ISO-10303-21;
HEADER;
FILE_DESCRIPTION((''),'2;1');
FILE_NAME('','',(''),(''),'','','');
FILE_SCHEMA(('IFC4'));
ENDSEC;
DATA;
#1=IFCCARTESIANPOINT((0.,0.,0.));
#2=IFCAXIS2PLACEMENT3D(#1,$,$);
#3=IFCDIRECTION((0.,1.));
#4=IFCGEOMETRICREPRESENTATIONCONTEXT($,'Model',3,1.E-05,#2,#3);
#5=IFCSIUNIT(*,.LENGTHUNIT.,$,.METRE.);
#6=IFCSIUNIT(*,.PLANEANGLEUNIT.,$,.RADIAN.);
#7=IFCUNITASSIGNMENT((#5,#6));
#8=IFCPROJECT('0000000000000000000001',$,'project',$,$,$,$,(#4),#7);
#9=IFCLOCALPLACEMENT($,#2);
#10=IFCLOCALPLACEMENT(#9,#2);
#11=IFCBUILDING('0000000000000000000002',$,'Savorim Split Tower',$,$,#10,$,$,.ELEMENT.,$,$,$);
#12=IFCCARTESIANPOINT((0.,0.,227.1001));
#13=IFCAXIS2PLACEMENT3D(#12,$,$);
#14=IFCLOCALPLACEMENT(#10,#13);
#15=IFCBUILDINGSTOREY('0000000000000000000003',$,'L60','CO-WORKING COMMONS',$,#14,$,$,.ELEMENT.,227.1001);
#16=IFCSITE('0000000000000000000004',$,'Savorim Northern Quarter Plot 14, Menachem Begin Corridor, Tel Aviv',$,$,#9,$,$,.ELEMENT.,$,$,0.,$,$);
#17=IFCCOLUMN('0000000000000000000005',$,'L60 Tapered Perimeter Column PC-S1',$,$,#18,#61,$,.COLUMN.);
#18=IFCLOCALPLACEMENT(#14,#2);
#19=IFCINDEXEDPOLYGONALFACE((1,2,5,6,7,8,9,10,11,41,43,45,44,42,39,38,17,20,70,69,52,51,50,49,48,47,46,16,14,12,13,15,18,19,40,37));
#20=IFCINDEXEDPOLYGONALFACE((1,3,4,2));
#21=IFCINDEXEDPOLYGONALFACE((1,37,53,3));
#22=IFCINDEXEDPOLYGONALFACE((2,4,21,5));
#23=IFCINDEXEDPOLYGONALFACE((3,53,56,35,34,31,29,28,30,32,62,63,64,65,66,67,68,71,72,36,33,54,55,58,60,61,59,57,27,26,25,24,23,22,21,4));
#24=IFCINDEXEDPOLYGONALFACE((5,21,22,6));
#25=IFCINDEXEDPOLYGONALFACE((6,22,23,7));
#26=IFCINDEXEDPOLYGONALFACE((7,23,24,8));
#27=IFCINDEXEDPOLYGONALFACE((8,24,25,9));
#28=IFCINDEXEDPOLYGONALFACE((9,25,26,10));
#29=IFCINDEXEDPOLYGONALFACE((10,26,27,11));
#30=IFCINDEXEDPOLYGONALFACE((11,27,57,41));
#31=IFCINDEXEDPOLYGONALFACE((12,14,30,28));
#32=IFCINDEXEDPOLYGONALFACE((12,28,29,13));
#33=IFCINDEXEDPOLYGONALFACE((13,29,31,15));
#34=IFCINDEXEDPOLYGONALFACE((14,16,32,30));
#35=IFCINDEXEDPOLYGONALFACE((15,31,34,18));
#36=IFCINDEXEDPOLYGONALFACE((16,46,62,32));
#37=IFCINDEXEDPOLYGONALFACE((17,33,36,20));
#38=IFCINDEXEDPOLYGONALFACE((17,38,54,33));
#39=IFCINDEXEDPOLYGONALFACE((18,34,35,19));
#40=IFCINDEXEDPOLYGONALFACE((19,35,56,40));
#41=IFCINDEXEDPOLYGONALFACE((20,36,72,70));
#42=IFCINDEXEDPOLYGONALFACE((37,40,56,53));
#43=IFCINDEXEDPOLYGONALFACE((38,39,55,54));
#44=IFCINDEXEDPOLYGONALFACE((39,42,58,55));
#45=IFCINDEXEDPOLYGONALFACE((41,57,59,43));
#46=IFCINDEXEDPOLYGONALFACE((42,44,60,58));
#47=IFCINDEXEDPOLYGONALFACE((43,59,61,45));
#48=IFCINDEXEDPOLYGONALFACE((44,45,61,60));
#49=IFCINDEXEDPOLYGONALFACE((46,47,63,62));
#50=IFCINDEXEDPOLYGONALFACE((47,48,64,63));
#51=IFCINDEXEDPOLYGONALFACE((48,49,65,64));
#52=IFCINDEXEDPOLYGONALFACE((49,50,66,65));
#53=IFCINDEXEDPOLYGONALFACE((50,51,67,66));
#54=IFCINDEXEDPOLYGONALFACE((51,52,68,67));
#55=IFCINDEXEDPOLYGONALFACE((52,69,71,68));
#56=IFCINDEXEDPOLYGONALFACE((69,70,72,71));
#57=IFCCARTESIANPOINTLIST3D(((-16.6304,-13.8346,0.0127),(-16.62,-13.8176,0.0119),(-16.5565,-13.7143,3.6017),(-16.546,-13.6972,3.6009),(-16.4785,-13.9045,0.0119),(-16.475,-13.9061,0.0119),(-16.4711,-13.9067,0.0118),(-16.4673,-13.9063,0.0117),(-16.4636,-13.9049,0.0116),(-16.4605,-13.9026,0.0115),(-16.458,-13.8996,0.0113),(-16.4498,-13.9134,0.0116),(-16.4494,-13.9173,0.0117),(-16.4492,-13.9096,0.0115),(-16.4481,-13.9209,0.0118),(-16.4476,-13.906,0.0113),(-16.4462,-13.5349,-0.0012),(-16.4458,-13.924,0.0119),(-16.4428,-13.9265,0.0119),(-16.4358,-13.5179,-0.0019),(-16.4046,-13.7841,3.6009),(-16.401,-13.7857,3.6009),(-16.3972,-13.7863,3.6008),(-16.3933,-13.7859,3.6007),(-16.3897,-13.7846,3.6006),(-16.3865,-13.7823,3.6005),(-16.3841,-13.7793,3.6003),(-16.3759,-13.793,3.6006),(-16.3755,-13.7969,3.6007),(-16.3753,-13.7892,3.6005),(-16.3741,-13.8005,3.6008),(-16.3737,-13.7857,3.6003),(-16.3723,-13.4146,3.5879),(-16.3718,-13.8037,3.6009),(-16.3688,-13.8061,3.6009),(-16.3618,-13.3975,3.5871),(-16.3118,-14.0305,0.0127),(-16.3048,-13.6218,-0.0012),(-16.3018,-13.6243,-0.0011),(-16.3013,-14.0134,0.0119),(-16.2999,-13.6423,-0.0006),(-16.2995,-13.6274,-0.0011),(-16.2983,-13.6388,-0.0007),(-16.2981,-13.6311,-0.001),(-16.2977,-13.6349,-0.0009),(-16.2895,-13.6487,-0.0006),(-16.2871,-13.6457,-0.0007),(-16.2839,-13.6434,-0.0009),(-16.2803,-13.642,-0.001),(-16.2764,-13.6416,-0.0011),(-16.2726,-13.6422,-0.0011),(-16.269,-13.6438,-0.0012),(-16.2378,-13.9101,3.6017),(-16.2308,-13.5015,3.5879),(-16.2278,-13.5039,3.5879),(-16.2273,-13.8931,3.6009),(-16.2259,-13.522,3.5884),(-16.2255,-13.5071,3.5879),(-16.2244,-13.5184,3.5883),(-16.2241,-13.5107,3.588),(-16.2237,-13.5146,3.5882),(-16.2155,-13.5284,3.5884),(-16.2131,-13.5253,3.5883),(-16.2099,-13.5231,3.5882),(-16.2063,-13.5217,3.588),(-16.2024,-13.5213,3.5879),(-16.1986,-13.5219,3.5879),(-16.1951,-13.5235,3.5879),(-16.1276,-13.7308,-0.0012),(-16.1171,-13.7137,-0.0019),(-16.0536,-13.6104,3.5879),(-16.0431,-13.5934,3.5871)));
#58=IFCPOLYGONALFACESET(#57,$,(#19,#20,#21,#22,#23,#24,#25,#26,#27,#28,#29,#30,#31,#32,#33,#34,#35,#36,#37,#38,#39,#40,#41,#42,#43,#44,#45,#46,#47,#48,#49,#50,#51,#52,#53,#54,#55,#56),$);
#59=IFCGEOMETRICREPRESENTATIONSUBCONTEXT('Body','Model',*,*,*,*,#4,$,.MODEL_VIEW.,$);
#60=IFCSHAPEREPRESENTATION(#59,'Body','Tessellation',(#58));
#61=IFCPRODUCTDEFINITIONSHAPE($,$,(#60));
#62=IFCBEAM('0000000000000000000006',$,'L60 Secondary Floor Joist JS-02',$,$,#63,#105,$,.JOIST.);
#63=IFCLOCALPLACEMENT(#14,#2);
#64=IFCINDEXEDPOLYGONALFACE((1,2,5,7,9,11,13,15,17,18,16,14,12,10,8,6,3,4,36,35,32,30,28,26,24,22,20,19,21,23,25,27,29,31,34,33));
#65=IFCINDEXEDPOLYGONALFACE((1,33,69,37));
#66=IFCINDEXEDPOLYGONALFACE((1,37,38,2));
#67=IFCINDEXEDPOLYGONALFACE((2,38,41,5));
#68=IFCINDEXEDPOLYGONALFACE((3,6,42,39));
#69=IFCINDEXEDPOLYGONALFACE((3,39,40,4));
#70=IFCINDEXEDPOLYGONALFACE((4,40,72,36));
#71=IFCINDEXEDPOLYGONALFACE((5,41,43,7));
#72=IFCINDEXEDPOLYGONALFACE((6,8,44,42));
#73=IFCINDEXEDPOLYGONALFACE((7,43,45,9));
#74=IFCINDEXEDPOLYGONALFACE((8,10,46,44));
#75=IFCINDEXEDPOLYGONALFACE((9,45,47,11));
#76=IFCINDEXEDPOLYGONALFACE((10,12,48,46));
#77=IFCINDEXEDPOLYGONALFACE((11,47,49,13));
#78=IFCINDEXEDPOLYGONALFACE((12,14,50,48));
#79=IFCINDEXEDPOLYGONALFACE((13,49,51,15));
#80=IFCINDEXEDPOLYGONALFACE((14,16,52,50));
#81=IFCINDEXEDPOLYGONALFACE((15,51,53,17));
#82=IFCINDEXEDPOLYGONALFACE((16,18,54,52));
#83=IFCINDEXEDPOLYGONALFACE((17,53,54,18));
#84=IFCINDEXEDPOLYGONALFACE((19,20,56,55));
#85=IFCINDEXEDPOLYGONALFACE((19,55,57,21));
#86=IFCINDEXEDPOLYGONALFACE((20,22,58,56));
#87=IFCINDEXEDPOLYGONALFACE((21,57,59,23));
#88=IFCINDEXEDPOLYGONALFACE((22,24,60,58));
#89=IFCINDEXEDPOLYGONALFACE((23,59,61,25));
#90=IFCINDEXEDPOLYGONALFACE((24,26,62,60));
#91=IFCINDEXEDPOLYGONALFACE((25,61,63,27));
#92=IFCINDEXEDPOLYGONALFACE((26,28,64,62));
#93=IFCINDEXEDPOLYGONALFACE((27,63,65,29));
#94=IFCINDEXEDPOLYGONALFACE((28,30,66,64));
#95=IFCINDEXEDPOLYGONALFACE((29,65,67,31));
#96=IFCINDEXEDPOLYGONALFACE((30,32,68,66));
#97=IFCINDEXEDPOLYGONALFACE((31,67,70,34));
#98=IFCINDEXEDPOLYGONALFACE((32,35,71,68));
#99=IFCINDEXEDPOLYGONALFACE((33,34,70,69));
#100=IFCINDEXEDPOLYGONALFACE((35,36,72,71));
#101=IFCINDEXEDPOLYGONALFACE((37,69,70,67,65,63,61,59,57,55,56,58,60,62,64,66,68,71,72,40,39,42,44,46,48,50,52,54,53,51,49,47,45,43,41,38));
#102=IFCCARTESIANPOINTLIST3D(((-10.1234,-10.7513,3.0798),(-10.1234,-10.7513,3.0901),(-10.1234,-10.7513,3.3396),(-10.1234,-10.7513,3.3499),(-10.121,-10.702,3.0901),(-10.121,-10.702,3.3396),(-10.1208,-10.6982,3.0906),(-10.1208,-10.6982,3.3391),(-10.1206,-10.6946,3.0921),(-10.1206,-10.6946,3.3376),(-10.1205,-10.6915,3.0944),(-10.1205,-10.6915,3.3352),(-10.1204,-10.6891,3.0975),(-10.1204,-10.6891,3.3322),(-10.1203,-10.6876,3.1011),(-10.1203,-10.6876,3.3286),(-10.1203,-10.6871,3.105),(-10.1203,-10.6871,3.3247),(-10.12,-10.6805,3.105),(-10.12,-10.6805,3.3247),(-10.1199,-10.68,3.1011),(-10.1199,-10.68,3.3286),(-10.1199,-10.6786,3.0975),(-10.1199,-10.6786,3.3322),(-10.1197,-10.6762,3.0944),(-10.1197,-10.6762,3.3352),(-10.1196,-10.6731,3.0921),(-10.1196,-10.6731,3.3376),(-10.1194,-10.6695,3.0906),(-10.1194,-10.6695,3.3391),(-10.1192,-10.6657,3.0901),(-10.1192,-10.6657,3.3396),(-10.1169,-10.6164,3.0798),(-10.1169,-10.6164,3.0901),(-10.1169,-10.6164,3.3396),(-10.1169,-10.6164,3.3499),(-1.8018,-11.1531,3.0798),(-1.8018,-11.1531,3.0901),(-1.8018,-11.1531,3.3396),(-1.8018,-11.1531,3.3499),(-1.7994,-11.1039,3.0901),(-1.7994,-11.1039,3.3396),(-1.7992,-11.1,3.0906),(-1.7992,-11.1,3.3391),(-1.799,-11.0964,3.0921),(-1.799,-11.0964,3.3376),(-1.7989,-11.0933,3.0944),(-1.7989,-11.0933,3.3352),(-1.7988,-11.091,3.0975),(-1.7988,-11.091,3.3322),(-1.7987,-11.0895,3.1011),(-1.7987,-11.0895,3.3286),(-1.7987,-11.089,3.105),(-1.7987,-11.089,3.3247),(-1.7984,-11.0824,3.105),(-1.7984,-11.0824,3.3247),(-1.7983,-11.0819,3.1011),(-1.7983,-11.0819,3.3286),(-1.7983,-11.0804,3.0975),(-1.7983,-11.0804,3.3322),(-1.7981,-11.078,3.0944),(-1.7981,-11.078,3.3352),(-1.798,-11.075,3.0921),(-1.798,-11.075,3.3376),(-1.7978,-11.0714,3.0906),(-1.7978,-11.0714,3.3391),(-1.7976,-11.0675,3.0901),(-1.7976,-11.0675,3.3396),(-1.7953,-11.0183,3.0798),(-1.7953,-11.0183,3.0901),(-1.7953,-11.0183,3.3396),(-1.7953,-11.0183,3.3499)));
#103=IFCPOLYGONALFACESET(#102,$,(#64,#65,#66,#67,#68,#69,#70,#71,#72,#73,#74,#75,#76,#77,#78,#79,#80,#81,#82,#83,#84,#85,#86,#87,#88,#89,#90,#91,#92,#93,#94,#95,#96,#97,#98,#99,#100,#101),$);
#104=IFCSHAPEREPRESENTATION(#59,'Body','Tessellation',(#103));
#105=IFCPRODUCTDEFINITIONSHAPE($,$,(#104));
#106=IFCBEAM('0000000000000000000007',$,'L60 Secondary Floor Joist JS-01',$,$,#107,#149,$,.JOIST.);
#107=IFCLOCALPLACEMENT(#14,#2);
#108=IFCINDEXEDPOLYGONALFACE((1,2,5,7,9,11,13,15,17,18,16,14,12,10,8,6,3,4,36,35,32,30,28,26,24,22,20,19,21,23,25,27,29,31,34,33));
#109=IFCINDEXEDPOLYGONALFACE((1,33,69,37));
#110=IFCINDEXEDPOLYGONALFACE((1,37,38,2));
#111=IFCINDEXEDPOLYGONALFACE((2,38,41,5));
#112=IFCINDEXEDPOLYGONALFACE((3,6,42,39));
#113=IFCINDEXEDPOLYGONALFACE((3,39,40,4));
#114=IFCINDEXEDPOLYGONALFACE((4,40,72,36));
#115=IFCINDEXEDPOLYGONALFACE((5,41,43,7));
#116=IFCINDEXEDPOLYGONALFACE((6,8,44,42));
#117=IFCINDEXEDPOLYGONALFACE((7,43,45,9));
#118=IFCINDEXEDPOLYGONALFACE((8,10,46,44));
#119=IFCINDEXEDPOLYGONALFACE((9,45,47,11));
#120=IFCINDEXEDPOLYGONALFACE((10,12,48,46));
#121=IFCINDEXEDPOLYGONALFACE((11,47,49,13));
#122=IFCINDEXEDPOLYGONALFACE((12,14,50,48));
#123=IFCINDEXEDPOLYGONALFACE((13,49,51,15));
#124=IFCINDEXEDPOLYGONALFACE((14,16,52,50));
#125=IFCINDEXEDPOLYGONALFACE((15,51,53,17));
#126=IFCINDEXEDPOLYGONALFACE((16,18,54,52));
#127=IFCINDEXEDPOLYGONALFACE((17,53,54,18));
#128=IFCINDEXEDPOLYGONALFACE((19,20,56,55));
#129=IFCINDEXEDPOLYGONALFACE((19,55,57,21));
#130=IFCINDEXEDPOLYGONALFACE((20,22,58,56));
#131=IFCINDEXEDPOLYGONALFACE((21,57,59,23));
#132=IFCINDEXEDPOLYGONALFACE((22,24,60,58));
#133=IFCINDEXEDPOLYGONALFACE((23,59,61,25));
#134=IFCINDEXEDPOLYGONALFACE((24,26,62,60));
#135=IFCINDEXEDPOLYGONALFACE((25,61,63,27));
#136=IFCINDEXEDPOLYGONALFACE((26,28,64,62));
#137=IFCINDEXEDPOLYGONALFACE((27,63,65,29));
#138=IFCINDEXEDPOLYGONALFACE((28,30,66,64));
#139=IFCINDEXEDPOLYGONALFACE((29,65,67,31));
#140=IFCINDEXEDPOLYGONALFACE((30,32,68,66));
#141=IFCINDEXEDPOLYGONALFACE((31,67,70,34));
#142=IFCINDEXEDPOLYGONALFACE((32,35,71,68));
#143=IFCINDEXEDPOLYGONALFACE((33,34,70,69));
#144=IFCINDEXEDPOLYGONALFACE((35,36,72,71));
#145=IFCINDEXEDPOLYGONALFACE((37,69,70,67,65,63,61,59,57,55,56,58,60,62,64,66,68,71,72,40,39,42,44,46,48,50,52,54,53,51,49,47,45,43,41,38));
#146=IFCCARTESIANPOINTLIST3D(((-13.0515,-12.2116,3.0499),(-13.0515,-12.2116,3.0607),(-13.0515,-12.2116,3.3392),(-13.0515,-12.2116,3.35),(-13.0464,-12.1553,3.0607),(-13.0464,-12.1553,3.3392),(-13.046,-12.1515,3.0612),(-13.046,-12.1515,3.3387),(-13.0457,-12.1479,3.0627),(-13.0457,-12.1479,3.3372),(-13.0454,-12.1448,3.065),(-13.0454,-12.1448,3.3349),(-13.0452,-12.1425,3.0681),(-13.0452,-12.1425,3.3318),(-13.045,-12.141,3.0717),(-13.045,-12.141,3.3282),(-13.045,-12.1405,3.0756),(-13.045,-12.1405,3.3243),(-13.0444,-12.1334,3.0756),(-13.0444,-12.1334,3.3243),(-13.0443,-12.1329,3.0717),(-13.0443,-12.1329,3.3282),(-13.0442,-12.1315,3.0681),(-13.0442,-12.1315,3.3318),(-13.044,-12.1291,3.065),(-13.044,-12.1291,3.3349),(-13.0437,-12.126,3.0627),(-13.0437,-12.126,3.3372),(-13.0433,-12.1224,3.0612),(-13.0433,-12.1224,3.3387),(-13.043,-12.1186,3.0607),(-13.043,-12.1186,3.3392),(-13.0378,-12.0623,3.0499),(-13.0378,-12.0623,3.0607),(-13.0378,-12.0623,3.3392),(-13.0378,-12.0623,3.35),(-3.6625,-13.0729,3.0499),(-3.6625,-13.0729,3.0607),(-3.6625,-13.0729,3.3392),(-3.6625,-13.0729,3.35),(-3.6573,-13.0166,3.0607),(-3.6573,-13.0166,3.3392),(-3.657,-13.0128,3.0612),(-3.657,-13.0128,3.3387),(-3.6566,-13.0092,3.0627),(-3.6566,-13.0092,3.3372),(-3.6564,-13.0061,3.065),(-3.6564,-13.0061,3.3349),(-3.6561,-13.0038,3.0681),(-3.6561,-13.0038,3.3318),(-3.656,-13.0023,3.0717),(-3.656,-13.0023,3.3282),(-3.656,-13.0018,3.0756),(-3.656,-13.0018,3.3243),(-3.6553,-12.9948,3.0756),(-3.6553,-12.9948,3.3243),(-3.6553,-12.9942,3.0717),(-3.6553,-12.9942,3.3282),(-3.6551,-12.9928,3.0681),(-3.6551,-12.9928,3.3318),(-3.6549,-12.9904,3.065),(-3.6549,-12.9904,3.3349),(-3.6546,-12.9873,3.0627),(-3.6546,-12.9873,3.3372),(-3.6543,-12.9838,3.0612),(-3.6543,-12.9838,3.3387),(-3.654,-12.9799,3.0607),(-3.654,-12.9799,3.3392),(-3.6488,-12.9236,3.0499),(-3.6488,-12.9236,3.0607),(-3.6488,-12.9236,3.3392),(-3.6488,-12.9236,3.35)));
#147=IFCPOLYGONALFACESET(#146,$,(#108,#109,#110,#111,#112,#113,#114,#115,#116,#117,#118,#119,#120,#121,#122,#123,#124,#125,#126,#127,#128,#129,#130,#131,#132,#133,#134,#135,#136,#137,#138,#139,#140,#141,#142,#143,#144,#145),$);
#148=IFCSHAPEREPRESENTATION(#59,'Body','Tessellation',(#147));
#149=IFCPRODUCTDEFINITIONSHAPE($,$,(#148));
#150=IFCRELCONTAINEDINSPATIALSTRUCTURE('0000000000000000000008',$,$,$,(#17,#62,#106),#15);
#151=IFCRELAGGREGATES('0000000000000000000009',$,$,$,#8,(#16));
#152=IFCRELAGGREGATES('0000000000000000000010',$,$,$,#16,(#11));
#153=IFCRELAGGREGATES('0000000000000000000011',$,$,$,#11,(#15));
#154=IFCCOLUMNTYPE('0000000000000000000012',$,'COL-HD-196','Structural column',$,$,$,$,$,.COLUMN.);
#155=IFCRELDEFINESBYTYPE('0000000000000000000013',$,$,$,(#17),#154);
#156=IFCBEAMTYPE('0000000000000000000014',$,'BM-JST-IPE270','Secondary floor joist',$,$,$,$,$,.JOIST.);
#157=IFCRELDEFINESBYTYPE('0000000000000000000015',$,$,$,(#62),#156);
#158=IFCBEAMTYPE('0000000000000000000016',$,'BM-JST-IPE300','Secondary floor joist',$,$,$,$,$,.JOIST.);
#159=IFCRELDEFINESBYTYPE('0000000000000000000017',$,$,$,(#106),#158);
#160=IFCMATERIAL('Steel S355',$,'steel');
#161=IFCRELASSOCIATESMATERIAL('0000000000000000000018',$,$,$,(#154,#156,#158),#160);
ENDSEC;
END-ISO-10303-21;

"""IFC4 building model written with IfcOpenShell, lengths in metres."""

from ifc_helpers import new_model, si_unit, direction, frame, origin, origin_2d, place, context, subcontext, project, spatial, i_section, extrude, material, material_profile, profile_set, type_object, element, save


model = new_model("IFC4")

# Units and contexts
model_context = context("Model", 3, precision=1e-05, world=origin(), true_north=direction((0.0, 1.0)))
body_context = subcontext(model_context, "Body", "Model", "MODEL_VIEW")
ifc_project = project(units=[si_unit("LENGTHUNIT", "METRE"), si_unit("PLANEANGLEUNIT", "RADIAN")], contexts=[model_context])

# Site, building, storey
site_placement = place(None, origin())
site = spatial("IfcSite", under=ifc_project, at=site_placement, Name="Savorim Northern Quarter Plot 14, Menachem Begin Corridor, Tel Aviv", CompositionType="ELEMENT", RefElevation=0.0)
building_placement = place(site_placement, origin())
building = spatial("IfcBuilding", under=site, at=building_placement, Name="Savorim Split Tower", CompositionType="ELEMENT")
storey_placement = place(building_placement, frame((0.0, 0.0, 227.1001)))
storey = spatial("IfcBuildingStorey", under=building, at=storey_placement, Name="L60", Description="CO-WORKING COMMONS", CompositionType="ELEMENT", Elevation=227.1001)

# Column
ifc_material_1 = material(Name="Steel S355", Category="steel")
ifc_material_profile_1 = material_profile(ifc_material_1, i_section(OverallWidth=0.374, OverallDepth=0.3721, WebThickness=0.0122, FlangeThickness=0.02, FilletRadius=0.0149, at=origin_2d()), Name="HD 360x196")
ifc_profile_set_1 = profile_set([ifc_material_profile_1], Name="Steel S355")
column_type = type_object("IfcColumnType", Name="COL-HD-196", Description="Structural column", PredefinedType="COLUMN", material=ifc_profile_set_1)
column_placement = place(storey_placement, frame((-16.3738, -13.7742, 0.0054), z_axis=(0.020595, 0.033509, 0.999226), x_axis=(-0.851955, 0.523615, 0.0)))
element("IfcColumn", 1, at=column_placement, inside=storey, type_object=column_type, Name="L60 Tapered Perimeter Column PC-S1", PredefinedType="COLUMN", context=body_context, shape_type="SweptSolid", body=[
    extrude(i_section(OverallWidth=0.374, OverallDepth=0.3721, WebThickness=0.0122, FlangeThickness=0.02, FilletRadius=0.0149, at=origin_2d()), origin(), (0.0, 0.0, 1.0), 3.5918),
])

# Beams
ifc_material_profile_2 = material_profile(ifc_material_1, i_section(OverallWidth=0.135, OverallDepth=0.27, WebThickness=0.0066, FlangeThickness=0.0103, FilletRadius=0.0149, at=origin_2d()), Name="IPE 270")
ifc_profile_set_2 = profile_set([ifc_material_profile_2], Name="Steel S355")
beam_type_1 = type_object("IfcBeamType", Name="BM-JST-IPE270", Description="Secondary floor joist", PredefinedType="JOIST", material=ifc_profile_set_2)
beam_1_placement = place(storey_placement, frame((-10.1201, -10.6838, 3.2148), z_axis=(0.998836, -0.048235, 0.0), x_axis=(0.048235, 0.998836, 0.0)))
element("IfcBeam", 2, at=beam_1_placement, inside=storey, type_object=beam_type_1, Name="L60 Secondary Floor Joist JS-02", PredefinedType="JOIST", context=body_context, shape_type="SweptSolid", body=[
    extrude(i_section(OverallWidth=0.135, OverallDepth=0.27, WebThickness=0.0066, FlangeThickness=0.0103, FilletRadius=0.0149, at=origin_2d()), origin(), (0.0, 0.0, 1.0), 8.3313),
])
ifc_material_profile_3 = material_profile(ifc_material_1, i_section(OverallWidth=0.1499, OverallDepth=0.3, WebThickness=0.0071, FlangeThickness=0.0107, FilletRadius=0.0149, at=origin_2d()), Name="IPE 300")
ifc_profile_set_3 = profile_set([ifc_material_profile_3], Name="Steel S355")
beam_type_2 = type_object("IfcBeamType", Name="BM-JST-IPE300", Description="Secondary floor joist", PredefinedType="JOIST", material=ifc_profile_set_3)
beam_2_placement = place(storey_placement, frame((-13.0447, -12.137, 3.2), z_axis=(0.995819, -0.091353, 0.0), x_axis=(0.091353, 0.995819, 0.0)))
element("IfcBeam", 3, at=beam_2_placement, inside=storey, type_object=beam_type_2, Name="L60 Secondary Floor Joist JS-01", PredefinedType="JOIST", context=body_context, shape_type="SweptSolid", body=[
    extrude(i_section(OverallWidth=0.1499, OverallDepth=0.3, WebThickness=0.0071, FlangeThickness=0.0107, FilletRadius=0.0149, at=origin_2d()), origin(), (0.0, 0.0, 1.0), 9.4285),
])

save(model, "model.ifc")
